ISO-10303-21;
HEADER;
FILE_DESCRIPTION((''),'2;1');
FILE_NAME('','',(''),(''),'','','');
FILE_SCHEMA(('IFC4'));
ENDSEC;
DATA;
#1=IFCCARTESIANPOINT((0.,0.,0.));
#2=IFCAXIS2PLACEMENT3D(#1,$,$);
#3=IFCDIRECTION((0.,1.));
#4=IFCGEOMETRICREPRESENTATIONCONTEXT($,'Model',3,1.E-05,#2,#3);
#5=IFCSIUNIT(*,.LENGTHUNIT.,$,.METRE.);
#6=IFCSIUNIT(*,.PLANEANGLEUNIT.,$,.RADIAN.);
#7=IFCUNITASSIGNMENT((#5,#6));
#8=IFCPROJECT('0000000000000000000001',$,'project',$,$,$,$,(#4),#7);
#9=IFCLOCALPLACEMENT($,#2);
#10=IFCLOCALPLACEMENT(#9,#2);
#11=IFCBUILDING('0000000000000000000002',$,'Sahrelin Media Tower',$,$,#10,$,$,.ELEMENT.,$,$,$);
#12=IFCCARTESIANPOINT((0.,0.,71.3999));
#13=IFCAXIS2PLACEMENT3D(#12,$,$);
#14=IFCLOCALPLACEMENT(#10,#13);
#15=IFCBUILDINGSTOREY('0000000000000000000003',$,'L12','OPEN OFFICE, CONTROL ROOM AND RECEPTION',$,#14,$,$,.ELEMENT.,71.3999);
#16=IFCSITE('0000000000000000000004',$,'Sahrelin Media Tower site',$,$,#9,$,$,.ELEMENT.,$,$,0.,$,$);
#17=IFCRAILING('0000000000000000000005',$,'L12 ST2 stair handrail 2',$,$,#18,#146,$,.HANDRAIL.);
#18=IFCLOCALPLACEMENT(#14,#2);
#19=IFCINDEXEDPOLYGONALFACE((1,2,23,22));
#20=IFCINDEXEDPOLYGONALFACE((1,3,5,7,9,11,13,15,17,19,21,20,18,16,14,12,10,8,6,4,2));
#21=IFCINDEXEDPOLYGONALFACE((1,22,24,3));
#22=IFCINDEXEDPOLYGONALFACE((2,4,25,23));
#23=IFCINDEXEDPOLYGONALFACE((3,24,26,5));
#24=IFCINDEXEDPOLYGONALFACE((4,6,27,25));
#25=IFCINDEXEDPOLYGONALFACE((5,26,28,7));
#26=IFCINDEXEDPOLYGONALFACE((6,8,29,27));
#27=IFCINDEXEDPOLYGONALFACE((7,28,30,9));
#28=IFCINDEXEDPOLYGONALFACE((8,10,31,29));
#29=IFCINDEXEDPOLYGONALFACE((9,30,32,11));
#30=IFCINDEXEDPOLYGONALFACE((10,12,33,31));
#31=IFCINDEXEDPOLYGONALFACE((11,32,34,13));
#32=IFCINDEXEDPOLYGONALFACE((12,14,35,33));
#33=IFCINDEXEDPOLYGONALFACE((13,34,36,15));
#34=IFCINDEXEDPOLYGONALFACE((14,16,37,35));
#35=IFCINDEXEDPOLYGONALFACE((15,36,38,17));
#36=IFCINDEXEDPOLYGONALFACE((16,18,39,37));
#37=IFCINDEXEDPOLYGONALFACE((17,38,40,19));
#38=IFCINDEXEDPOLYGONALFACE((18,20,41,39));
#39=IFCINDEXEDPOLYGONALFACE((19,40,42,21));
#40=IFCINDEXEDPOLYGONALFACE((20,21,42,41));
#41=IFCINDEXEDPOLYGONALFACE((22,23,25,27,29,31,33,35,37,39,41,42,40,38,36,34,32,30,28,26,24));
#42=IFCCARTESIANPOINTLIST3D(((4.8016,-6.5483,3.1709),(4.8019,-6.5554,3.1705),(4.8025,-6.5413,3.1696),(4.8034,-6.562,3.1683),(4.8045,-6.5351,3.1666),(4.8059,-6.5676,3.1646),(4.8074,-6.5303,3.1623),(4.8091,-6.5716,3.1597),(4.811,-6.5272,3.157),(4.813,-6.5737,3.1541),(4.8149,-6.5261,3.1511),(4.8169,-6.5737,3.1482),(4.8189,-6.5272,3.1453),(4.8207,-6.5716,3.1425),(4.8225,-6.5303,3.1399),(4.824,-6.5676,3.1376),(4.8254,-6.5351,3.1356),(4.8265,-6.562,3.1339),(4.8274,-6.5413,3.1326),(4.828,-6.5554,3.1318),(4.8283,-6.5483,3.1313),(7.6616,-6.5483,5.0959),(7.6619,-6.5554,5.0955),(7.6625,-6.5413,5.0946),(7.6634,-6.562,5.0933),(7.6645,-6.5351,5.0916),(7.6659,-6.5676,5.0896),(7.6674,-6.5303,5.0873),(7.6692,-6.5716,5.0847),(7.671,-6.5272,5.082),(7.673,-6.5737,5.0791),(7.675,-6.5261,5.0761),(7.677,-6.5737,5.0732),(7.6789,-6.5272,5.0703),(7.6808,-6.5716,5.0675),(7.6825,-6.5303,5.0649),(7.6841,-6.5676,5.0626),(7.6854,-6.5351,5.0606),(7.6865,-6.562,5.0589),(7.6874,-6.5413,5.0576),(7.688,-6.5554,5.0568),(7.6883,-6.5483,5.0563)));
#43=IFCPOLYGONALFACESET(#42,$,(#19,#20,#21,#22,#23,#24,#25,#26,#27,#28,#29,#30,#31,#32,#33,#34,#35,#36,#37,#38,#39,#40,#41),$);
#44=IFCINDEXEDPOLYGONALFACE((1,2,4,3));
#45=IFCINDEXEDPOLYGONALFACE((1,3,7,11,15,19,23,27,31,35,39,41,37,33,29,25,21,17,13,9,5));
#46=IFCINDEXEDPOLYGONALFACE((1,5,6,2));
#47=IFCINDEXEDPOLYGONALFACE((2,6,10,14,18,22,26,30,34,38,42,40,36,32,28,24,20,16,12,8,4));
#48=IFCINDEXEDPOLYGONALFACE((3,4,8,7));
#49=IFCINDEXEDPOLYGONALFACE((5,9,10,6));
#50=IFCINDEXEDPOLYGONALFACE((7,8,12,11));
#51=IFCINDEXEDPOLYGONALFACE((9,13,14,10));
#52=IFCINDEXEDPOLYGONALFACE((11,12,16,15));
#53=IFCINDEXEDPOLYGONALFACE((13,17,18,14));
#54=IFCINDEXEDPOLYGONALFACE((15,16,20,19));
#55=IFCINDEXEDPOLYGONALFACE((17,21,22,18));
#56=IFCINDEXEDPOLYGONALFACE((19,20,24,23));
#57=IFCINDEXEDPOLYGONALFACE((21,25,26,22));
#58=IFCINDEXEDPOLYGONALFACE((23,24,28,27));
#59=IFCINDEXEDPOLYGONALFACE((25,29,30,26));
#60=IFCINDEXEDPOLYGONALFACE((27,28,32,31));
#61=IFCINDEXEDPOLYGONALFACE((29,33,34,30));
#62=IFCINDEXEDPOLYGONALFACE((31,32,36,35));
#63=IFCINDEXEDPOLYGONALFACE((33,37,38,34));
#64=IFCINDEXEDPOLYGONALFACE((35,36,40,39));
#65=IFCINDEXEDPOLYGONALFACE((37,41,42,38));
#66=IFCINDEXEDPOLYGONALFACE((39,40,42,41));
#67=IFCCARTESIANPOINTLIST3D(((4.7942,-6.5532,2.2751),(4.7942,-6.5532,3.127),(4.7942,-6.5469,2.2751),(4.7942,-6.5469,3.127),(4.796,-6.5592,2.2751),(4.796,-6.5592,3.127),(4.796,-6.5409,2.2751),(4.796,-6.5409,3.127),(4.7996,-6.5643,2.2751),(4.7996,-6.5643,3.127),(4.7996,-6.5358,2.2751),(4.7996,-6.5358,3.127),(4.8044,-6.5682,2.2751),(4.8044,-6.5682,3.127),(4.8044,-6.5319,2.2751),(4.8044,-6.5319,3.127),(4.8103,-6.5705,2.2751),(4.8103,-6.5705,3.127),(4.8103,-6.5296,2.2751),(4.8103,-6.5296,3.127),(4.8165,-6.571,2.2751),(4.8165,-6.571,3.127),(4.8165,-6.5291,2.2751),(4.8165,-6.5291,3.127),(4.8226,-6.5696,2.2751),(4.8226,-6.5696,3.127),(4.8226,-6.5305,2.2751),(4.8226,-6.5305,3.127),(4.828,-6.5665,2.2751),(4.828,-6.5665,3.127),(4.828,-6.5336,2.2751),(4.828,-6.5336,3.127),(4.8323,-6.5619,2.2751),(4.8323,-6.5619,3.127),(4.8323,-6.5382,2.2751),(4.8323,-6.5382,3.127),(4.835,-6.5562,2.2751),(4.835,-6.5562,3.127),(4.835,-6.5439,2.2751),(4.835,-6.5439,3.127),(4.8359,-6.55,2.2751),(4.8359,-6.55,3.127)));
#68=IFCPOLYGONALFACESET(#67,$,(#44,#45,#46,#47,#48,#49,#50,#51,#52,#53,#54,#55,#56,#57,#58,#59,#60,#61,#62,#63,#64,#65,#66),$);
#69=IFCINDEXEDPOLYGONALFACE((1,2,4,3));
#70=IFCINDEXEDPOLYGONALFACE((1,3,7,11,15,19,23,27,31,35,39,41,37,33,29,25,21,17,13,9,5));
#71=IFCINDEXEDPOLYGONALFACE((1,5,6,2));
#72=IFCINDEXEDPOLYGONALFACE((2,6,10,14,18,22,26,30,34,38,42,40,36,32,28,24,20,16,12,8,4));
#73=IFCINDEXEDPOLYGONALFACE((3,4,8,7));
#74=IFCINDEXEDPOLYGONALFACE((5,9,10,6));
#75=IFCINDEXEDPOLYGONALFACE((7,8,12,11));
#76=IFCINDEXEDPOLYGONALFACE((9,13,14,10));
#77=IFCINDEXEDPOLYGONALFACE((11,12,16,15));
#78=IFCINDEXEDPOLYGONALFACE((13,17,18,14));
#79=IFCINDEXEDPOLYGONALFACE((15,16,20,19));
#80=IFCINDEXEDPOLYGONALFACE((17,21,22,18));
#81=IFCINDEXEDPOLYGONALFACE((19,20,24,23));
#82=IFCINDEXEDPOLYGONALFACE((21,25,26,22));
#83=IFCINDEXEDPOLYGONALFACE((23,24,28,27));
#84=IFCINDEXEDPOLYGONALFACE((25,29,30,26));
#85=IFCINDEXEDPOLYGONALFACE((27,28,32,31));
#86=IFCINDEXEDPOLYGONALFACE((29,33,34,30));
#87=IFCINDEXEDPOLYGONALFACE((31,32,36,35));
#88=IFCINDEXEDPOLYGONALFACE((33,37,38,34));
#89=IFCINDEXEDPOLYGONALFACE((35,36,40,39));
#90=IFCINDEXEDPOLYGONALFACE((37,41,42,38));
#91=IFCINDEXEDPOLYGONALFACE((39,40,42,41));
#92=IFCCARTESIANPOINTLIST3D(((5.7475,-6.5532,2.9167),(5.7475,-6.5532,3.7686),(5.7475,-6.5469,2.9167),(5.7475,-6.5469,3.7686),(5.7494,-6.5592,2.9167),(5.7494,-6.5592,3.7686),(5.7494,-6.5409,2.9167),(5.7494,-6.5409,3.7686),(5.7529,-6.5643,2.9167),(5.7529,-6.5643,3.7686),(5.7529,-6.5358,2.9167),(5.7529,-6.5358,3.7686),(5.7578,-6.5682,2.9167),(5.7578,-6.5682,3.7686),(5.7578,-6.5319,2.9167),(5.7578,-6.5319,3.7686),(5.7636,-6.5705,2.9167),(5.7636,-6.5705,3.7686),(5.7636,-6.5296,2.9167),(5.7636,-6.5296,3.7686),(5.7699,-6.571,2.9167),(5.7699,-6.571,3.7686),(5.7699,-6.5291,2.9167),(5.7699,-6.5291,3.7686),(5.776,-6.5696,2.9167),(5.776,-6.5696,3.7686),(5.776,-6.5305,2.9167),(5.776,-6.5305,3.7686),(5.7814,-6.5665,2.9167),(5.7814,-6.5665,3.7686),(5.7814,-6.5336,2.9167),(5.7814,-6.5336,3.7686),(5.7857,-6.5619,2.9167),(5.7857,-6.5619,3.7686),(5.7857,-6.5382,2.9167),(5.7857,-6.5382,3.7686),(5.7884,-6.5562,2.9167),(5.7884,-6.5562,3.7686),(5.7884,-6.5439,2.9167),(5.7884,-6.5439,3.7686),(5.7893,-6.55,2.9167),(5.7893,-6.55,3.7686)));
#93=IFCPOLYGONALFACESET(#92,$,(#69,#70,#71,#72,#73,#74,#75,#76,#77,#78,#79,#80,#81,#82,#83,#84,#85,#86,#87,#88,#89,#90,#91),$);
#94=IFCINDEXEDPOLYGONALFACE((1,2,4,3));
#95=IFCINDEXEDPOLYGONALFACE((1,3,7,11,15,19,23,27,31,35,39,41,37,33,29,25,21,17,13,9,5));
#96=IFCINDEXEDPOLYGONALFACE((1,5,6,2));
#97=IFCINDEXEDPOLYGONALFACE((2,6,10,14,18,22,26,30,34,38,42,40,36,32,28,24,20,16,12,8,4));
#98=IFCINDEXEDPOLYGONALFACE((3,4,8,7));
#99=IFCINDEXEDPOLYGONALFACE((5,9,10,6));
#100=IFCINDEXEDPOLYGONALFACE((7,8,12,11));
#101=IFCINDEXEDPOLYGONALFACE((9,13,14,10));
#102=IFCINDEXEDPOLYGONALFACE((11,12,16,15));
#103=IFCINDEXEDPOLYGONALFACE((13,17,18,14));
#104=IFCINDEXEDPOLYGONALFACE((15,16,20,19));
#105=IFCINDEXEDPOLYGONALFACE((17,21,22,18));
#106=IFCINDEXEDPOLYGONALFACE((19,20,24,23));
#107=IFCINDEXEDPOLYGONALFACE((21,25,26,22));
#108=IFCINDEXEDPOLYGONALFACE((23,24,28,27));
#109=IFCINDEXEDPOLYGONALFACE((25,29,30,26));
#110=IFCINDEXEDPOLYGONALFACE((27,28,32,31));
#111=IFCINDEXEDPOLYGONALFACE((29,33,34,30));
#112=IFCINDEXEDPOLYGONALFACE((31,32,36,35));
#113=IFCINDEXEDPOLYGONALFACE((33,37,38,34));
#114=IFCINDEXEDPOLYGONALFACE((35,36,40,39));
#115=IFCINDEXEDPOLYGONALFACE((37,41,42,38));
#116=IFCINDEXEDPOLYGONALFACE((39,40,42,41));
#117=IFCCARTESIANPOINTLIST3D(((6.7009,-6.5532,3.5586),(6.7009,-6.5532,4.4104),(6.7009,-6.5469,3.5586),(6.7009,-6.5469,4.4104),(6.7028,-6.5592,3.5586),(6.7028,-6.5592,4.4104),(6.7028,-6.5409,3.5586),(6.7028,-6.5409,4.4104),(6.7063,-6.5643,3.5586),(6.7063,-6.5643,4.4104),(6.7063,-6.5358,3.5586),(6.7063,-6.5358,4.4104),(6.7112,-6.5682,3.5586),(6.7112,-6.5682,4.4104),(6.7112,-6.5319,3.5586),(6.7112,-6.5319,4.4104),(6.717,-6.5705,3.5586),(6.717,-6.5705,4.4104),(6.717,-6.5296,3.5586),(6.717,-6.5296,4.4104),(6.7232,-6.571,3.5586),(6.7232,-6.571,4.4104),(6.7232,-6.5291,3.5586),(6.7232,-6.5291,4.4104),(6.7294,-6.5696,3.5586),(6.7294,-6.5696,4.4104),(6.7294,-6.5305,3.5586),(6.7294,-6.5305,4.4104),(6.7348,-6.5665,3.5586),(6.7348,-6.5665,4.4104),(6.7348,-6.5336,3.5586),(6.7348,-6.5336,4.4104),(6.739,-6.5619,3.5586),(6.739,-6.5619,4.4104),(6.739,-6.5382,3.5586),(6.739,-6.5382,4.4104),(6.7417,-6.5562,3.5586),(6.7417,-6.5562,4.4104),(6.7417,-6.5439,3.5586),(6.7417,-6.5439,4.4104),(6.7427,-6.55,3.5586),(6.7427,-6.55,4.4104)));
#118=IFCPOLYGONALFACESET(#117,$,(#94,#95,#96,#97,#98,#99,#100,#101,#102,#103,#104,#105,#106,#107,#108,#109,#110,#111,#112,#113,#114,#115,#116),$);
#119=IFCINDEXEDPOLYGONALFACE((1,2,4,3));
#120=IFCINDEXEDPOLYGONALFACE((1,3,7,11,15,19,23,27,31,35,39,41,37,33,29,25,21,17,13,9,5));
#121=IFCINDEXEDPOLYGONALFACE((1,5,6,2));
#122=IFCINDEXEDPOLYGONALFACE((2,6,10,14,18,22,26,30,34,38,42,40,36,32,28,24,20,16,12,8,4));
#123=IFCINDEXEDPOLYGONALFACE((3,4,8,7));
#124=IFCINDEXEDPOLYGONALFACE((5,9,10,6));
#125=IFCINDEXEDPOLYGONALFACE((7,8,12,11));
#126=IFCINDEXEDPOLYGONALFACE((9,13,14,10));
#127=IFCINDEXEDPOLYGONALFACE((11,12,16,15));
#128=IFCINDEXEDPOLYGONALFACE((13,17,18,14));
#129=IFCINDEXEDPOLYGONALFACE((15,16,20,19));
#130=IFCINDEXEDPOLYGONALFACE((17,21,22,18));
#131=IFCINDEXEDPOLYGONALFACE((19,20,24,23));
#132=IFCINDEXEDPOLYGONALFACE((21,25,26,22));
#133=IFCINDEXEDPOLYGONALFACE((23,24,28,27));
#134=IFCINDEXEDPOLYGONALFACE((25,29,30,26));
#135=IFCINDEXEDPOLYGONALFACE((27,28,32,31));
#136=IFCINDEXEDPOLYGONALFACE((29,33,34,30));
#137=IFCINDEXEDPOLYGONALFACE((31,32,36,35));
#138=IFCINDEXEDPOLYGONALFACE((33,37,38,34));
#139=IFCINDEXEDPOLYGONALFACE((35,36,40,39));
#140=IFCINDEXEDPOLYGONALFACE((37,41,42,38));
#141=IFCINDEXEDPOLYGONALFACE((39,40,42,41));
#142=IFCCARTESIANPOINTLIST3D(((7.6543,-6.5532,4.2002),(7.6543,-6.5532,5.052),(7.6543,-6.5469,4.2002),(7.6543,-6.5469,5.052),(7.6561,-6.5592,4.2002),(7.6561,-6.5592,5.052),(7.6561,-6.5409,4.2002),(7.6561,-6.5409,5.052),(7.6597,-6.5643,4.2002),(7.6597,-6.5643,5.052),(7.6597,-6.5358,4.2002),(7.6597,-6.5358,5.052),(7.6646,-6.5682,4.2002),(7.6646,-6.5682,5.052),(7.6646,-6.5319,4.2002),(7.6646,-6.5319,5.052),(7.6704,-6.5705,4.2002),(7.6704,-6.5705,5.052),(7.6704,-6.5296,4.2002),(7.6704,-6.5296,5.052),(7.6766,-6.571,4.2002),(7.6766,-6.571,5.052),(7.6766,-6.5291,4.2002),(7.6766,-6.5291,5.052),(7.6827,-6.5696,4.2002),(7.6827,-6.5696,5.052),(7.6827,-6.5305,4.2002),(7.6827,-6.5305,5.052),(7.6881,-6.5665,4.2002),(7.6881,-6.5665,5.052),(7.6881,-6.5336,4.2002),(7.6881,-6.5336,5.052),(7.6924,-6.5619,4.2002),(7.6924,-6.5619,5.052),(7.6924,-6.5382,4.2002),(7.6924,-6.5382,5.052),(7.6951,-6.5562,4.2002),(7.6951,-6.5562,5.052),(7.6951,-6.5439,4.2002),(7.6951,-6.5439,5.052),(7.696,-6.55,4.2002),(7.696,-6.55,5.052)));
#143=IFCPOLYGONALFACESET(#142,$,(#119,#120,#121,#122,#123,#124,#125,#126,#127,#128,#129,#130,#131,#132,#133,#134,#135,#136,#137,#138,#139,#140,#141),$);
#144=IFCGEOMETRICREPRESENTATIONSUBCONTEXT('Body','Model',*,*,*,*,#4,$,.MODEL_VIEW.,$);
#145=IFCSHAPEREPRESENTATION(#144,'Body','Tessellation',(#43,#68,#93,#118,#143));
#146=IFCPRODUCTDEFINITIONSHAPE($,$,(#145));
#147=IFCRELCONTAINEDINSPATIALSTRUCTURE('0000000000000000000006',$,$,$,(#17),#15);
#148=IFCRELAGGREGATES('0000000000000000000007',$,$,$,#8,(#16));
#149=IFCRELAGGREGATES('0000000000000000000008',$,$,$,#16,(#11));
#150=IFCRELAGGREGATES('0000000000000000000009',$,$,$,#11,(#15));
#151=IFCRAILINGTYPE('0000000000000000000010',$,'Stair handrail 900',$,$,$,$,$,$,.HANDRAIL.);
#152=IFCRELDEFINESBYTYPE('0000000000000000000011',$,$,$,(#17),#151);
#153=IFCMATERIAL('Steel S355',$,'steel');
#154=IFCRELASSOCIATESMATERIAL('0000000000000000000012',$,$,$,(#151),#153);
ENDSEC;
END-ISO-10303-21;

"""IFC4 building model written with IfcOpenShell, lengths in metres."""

from ifc_helpers import new_model, si_unit, direction, frame, origin, origin_2d, place, context, subcontext, project, spatial, circle, extrude, material, type_object, element, save


model = new_model("IFC4")

# Units and contexts
model_context = context("Model", 3, precision=1e-05, world=origin(), true_north=direction((0.0, 1.0)))
body_context = subcontext(model_context, "Body", "Model", "MODEL_VIEW")
ifc_project = project(units=[si_unit("LENGTHUNIT", "METRE"), si_unit("PLANEANGLEUNIT", "RADIAN")], contexts=[model_context])

# Site, building, storey
site_placement = place(None, origin())
site = spatial("IfcSite", under=ifc_project, at=site_placement, Name="Sahrelin Media Tower site", CompositionType="ELEMENT", RefElevation=0.0)
building_placement = place(site_placement, origin())
building = spatial("IfcBuilding", under=site, at=building_placement, Name="Sahrelin Media Tower", CompositionType="ELEMENT")
storey_placement = place(building_placement, frame((0.0, 0.0, 71.3999)))
storey = spatial("IfcBuildingStorey", under=building, at=storey_placement, Name="L12", Description="OPEN OFFICE, CONTROL ROOM AND RECEPTION", CompositionType="ELEMENT", Elevation=71.3999)

# Shared definitions
ifc_material_1 = material(Name="Steel S355", Category="steel")

# Railing
railing_type_1 = type_object("IfcRailingType", Name="Stair handrail 900", PredefinedType="HANDRAIL", material=ifc_material_1)
railing_1_placement = place(storey_placement, frame((4.8149, -6.55, 2.2751)))
element("IfcRailing", 1, at=railing_1_placement, inside=storey, type_object=railing_type_1, Name="L12 ST2 stair handrail 2", PredefinedType="HANDRAIL", context=body_context, shape_type="SweptSolid", body=[
    extrude(circle(Radius=0.0239, at=origin_2d()), frame((0.0, 0.0, 0.876), z_axis=(0.829591, 0.0, 0.558372), x_axis=(0.0, 1.0, 0.0)), (0.0, 0.0, 1.0), 3.4475),
    extrude(circle(Radius=0.021, at=origin_2d()), origin(), (0.0, 0.0, 1.0), 0.8518),
    extrude(circle(Radius=0.021, at=origin_2d()), frame((0.9534, 0.0, 0.6416)), (0.0, 0.0, 1.0), 0.8518),
    extrude(circle(Radius=0.021, at=origin_2d()), frame((1.9067, 0.0, 1.2834)), (0.0, 0.0, 1.0), 0.8518),
    extrude(circle(Radius=0.021, at=origin_2d()), frame((2.8601, 0.0, 1.925)), (0.0, 0.0, 1.0), 0.8518),
])

save(model, "model.ifc")
